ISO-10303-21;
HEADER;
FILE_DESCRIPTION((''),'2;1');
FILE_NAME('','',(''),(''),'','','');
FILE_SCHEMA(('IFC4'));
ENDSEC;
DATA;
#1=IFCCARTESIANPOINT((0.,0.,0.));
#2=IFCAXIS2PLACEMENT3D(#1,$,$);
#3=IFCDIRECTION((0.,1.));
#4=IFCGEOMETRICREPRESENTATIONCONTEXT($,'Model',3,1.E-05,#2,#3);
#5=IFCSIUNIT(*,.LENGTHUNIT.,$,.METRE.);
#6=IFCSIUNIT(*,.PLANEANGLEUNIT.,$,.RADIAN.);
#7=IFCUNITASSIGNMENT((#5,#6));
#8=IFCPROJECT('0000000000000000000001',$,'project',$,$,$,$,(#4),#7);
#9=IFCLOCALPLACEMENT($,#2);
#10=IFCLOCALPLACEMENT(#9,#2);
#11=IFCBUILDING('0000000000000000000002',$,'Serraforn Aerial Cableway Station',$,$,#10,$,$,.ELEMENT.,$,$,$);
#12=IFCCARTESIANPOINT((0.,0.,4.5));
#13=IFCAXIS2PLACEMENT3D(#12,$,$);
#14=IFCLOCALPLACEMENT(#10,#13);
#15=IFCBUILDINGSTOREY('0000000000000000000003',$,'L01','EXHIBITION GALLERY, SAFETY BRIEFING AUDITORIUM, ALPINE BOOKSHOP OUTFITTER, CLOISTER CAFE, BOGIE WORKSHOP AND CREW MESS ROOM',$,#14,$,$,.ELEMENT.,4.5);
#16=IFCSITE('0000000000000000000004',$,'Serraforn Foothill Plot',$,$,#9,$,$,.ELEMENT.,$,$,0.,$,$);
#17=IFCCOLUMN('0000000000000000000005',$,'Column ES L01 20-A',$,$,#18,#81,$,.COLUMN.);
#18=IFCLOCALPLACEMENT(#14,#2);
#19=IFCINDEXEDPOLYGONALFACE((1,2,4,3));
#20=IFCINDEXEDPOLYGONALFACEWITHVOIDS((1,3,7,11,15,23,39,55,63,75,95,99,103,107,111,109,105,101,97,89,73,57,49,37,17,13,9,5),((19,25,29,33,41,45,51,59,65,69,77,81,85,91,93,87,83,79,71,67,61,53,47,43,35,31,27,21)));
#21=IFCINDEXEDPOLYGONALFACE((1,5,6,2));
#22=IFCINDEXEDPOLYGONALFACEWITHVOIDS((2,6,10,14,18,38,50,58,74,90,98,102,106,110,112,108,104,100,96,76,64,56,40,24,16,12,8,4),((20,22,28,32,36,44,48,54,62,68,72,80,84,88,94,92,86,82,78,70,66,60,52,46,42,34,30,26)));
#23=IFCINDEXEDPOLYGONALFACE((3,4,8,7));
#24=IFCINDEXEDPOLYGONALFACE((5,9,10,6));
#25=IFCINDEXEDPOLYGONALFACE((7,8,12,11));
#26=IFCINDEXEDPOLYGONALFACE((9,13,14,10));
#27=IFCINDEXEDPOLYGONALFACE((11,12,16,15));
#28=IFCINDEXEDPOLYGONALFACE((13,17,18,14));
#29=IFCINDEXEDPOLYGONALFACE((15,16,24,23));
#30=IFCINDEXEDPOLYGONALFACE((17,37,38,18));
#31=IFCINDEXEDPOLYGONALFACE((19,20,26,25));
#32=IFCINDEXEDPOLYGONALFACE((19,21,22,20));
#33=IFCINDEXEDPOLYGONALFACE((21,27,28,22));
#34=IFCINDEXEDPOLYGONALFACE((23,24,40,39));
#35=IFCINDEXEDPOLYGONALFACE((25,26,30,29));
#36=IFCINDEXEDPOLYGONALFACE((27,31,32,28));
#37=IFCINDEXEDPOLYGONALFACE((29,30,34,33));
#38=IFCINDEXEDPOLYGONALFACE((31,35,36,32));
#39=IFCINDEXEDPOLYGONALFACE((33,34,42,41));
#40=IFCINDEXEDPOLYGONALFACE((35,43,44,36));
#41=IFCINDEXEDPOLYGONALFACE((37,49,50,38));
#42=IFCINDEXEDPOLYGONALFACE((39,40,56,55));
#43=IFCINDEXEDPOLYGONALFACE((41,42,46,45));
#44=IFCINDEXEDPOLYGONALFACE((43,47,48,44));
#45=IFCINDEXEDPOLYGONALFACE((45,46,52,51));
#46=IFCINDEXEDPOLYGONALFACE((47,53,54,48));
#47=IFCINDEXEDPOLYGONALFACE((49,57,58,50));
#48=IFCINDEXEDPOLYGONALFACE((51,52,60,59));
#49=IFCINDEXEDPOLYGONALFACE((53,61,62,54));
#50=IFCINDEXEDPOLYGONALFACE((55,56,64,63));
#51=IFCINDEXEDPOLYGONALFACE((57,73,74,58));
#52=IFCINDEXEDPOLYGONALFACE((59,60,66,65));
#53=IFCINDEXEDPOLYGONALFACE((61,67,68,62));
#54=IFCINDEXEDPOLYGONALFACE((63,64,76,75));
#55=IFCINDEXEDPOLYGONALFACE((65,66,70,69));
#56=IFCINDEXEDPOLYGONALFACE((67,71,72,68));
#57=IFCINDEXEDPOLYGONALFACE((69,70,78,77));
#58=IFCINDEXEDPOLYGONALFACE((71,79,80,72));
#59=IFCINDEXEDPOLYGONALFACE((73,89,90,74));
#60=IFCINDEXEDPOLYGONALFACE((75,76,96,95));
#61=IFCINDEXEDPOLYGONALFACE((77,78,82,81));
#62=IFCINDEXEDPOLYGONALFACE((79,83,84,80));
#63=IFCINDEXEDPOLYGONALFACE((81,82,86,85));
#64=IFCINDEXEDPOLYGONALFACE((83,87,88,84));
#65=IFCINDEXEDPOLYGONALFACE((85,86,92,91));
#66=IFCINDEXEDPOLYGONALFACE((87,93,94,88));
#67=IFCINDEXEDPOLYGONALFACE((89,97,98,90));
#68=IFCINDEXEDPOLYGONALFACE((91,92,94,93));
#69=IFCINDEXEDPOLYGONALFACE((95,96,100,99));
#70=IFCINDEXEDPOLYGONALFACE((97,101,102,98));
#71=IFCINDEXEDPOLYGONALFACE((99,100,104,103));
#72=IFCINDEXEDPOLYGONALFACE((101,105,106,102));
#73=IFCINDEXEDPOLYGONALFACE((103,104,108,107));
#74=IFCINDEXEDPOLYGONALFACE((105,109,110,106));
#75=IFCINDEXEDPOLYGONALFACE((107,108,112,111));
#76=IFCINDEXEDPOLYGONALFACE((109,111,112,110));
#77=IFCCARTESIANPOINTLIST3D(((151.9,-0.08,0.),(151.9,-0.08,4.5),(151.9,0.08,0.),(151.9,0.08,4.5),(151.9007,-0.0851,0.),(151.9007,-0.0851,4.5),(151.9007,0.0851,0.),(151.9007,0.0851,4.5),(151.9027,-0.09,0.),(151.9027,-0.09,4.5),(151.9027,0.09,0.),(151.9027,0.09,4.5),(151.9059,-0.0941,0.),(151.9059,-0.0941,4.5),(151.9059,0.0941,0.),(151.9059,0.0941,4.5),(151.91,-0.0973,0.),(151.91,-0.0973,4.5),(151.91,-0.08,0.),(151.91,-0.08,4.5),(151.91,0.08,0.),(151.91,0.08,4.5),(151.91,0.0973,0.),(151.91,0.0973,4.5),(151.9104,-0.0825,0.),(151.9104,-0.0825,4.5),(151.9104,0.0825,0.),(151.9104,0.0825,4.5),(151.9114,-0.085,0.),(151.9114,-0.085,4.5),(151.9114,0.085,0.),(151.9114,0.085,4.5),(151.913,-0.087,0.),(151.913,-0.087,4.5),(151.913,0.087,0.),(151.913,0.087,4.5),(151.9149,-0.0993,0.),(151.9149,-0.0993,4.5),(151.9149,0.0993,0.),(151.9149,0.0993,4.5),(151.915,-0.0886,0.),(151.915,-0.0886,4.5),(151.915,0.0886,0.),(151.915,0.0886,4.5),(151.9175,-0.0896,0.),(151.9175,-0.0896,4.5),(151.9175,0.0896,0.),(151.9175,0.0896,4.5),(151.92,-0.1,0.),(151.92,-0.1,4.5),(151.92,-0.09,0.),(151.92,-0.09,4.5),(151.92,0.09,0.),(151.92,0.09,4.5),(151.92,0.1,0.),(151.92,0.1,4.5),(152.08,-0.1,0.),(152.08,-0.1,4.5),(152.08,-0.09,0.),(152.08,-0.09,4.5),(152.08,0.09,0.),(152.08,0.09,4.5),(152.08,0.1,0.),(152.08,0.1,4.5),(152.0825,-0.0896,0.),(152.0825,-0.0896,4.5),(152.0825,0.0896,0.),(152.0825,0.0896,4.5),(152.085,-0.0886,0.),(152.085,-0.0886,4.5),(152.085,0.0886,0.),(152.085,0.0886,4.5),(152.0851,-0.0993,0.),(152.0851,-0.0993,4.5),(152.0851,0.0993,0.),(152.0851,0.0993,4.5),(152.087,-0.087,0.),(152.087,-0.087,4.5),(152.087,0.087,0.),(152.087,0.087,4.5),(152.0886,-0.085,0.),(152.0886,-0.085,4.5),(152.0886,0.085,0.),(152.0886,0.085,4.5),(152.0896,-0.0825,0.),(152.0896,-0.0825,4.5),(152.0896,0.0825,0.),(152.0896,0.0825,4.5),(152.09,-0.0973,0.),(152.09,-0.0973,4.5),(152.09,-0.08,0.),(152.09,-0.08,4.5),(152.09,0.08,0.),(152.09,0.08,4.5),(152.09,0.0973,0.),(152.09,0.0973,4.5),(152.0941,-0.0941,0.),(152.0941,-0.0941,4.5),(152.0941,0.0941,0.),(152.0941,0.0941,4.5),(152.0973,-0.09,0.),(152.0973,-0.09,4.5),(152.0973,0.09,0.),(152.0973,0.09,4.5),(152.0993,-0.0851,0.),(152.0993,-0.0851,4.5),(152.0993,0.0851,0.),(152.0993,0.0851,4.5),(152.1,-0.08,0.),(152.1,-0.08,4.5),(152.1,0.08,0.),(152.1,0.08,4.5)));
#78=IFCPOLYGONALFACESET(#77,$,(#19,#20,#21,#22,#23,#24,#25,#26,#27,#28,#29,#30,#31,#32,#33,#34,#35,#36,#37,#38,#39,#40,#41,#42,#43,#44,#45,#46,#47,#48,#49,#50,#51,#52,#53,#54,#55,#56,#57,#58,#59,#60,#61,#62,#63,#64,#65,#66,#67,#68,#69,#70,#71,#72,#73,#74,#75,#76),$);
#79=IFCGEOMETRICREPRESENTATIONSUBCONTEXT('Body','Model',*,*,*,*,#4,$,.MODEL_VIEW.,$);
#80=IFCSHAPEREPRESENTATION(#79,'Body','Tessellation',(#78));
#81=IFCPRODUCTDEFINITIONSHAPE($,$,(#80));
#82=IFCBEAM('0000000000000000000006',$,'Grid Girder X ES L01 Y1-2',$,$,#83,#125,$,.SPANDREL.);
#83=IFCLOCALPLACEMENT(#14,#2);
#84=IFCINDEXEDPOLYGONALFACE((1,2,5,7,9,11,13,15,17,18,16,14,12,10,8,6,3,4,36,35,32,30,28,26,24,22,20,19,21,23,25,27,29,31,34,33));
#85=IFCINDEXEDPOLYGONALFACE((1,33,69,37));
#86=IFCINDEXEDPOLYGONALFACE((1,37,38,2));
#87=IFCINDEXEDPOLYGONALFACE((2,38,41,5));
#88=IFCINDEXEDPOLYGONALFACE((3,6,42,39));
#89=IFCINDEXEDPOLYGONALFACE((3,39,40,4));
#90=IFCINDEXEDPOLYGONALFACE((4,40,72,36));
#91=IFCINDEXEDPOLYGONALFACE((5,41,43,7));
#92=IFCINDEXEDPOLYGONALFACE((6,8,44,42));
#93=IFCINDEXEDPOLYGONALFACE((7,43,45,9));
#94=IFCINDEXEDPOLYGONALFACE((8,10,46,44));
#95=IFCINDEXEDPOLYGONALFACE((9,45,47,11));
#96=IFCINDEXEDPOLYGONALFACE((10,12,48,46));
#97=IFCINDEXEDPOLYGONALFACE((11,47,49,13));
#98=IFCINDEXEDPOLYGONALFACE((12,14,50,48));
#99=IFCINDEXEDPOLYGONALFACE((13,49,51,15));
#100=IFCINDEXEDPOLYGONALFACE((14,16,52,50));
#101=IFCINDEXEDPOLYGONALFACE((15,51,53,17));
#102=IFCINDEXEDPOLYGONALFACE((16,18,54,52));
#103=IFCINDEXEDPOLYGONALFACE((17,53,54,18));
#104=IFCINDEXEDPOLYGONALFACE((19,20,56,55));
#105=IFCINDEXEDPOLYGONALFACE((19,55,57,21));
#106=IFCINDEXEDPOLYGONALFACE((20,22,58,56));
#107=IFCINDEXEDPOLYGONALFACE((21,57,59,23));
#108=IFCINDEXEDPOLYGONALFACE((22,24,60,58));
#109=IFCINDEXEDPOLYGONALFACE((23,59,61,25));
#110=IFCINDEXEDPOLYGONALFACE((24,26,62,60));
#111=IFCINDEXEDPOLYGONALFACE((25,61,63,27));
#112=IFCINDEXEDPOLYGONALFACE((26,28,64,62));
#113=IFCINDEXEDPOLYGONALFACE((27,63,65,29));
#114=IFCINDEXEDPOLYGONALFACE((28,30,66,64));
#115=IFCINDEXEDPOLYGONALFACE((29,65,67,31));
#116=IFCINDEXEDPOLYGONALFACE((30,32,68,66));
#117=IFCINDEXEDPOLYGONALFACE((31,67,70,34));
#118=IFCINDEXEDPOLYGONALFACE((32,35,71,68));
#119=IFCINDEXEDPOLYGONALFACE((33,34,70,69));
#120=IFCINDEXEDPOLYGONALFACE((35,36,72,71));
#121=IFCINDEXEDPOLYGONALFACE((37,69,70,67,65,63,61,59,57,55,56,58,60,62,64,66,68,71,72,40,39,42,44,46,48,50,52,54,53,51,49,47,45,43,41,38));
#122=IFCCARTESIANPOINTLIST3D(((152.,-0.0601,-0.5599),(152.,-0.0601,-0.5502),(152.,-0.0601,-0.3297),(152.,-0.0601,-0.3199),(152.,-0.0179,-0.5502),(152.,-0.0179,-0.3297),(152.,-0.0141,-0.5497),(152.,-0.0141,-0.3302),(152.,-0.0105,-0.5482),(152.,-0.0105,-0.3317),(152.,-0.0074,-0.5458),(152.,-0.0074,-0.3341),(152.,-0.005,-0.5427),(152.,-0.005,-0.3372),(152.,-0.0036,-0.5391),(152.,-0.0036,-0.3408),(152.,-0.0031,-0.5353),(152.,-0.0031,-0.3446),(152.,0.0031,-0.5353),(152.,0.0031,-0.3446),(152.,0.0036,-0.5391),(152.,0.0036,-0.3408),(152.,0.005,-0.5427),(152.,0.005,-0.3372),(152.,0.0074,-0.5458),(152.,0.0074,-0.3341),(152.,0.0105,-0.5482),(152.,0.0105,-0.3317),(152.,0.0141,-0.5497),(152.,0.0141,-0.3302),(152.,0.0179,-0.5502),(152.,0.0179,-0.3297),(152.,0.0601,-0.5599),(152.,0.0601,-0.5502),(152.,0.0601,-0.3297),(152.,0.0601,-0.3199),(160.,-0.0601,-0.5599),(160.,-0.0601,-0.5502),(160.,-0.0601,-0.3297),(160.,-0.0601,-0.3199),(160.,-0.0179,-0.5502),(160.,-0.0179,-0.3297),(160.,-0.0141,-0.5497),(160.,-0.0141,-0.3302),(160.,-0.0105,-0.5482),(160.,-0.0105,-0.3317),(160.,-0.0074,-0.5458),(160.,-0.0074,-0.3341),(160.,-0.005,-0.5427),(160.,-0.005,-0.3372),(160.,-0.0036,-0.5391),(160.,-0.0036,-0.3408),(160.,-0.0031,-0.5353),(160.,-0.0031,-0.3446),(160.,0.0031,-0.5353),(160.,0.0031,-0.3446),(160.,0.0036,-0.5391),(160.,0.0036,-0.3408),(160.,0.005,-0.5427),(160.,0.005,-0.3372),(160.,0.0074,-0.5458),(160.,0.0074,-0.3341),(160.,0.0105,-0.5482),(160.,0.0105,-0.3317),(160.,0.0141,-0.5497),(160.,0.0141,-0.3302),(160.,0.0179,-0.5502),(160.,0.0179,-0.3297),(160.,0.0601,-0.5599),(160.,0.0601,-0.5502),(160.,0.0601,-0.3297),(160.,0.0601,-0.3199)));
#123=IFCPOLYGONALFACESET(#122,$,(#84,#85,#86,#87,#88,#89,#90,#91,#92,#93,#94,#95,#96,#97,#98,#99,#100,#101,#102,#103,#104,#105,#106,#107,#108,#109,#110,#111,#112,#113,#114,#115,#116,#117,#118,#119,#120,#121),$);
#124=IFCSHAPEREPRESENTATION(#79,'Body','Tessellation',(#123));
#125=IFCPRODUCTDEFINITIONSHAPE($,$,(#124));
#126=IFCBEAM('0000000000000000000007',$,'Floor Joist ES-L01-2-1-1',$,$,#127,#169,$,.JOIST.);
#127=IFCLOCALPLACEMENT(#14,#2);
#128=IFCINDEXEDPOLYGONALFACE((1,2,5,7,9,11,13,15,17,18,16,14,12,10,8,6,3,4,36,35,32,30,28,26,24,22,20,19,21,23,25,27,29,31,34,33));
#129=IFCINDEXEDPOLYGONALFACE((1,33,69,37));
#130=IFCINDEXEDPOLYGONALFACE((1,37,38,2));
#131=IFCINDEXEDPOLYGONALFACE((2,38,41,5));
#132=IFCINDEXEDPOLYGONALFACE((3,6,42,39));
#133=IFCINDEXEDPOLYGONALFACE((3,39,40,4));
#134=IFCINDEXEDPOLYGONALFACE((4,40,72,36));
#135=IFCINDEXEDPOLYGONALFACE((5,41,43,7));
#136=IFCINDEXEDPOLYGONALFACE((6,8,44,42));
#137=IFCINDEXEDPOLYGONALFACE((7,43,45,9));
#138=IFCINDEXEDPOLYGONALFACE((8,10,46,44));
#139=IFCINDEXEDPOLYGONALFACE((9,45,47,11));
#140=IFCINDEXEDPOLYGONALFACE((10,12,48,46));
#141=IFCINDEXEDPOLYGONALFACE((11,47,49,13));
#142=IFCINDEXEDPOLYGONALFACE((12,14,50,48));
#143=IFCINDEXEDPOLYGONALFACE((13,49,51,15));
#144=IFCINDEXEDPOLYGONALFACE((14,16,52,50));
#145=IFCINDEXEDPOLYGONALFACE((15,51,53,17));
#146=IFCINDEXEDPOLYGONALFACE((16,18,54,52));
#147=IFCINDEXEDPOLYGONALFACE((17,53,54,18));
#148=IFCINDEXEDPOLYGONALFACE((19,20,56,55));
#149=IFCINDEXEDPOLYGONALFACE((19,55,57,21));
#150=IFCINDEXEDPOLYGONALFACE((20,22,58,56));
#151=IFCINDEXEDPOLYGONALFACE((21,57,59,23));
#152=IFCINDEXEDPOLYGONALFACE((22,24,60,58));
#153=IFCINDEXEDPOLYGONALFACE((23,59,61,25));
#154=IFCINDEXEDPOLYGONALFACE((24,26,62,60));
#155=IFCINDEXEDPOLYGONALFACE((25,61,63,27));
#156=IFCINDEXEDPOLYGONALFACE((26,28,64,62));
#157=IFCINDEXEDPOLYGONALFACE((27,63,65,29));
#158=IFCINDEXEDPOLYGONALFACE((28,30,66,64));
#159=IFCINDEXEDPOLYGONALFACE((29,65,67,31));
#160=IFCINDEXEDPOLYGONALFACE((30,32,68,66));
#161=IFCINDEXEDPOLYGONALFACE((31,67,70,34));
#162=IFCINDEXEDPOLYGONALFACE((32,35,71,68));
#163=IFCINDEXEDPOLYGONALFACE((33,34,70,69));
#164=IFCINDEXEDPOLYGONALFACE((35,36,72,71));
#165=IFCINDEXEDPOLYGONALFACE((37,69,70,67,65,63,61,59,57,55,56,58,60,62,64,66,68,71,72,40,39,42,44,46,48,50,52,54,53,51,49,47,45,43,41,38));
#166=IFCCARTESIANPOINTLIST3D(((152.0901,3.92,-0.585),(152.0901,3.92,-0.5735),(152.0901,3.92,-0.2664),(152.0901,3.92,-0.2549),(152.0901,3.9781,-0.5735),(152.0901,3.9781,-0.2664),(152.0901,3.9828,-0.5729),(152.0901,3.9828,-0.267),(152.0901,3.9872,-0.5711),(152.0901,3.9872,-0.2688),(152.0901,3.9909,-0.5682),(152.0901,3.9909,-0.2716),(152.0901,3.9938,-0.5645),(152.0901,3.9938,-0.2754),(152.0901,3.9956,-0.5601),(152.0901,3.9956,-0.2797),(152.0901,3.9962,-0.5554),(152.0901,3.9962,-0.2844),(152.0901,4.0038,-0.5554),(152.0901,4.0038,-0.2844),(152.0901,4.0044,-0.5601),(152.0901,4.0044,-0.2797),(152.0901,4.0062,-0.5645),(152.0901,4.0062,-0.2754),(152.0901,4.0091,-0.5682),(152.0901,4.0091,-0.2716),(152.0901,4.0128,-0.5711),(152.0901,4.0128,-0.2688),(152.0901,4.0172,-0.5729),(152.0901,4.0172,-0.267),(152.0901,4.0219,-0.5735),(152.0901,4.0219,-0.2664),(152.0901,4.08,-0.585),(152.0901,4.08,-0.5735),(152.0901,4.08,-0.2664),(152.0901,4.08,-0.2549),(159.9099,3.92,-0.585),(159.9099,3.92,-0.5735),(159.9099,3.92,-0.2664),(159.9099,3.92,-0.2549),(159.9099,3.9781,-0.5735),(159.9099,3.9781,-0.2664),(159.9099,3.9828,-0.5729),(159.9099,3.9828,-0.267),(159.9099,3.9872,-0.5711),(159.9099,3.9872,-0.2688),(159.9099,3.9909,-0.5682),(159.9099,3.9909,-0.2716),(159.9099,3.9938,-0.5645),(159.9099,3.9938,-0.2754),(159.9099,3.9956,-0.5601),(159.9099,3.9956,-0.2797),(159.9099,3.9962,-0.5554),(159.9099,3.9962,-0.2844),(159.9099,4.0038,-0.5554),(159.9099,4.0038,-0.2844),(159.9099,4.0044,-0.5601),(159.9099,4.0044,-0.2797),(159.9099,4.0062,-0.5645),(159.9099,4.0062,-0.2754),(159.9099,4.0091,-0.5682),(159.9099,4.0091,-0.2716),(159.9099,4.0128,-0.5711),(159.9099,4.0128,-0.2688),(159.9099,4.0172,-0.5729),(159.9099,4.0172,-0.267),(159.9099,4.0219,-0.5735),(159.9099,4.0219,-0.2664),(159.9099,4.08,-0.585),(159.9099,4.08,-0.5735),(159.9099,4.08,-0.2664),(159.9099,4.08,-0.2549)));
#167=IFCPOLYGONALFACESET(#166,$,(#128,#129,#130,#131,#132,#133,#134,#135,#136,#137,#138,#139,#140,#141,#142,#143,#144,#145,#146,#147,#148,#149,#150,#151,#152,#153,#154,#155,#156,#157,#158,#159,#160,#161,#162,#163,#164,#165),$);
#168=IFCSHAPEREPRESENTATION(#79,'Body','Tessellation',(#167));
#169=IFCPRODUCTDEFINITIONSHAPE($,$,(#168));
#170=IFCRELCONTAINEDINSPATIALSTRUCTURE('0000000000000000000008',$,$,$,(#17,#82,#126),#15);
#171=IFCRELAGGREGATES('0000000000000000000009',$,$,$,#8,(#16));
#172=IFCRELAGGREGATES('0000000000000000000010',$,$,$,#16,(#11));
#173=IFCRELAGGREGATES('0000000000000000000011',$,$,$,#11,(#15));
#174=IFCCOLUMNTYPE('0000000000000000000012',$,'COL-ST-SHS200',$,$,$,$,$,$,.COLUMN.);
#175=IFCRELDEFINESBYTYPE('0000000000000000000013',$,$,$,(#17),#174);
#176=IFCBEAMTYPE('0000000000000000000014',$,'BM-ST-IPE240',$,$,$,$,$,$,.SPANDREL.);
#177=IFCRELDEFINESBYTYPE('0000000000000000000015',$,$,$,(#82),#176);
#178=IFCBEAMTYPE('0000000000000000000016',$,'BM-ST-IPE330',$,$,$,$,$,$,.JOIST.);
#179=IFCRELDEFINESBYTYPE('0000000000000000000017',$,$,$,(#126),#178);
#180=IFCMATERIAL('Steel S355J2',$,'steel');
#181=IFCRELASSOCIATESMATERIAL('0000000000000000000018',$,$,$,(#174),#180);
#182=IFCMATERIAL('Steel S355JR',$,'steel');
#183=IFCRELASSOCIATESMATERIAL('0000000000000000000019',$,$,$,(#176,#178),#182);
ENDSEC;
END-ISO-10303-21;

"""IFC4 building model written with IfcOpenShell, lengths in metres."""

from ifc_helpers import new_model, si_unit, direction, frame, origin, origin_2d, place, context, subcontext, project, spatial, hollow_rectangle, i_section, extrude, material, material_profile, profile_set, type_object, element, save


model = new_model("IFC4")

# Units and contexts
model_context = context("Model", 3, precision=1e-05, world=origin(), true_north=direction((0.0, 1.0)))
body_context = subcontext(model_context, "Body", "Model", "MODEL_VIEW")
ifc_project = project(units=[si_unit("LENGTHUNIT", "METRE"), si_unit("PLANEANGLEUNIT", "RADIAN")], contexts=[model_context])

# Site, building, storey
site_placement = place(None, origin())
site = spatial("IfcSite", under=ifc_project, at=site_placement, Name="Serraforn Foothill Plot", CompositionType="ELEMENT", RefElevation=0.0)
building_placement = place(site_placement, origin())
building = spatial("IfcBuilding", under=site, at=building_placement, Name="Serraforn Aerial Cableway Station", CompositionType="ELEMENT")
storey_placement = place(building_placement, frame((0.0, 0.0, 4.5)))
storey = spatial("IfcBuildingStorey", under=building, at=storey_placement, Name="L01", Description="EXHIBITION GALLERY, SAFETY BRIEFING AUDITORIUM, ALPINE BOOKSHOP OUTFITTER, CLOISTER CAFE, BOGIE WORKSHOP AND CREW MESS ROOM", CompositionType="ELEMENT", Elevation=4.5)

# Column
ifc_material_1 = material(Name="Steel S355J2", Category="steel")
ifc_material_profile_1 = material_profile(ifc_material_1, hollow_rectangle(XDim=0.2, YDim=0.2, WallThickness=0.01, InnerFilletRadius=0.01, OuterFilletRadius=0.02, at=origin_2d()), Name="SHS 200x200x10.0")
ifc_profile_set_1 = profile_set([ifc_material_profile_1], Name="Steel S355J2")
column_type = type_object("IfcColumnType", Name="COL-ST-SHS200", PredefinedType="COLUMN", material=ifc_profile_set_1)
column_placement = place(storey_placement, frame((152.0, 0.0, 0.0), z_axis=(0.0, 0.0, 1.0), x_axis=(1.0, 0.0, 0.0)))
element("IfcColumn", 1, at=column_placement, inside=storey, type_object=column_type, Name="Column ES L01 20-A", PredefinedType="COLUMN", context=body_context, shape_type="SweptSolid", body=[
    extrude(hollow_rectangle(XDim=0.2, YDim=0.2, WallThickness=0.01, InnerFilletRadius=0.01, OuterFilletRadius=0.02, at=origin_2d()), origin(), (0.0, 0.0, 1.0), 4.5),
])

# Beams
ifc_material_2 = material(Name="Steel S355JR", Category="steel")
ifc_material_profile_2 = material_profile(ifc_material_2, i_section(OverallWidth=0.1201, OverallDepth=0.24, WebThickness=0.0061, FlangeThickness=0.0098, FilletRadius=0.0149, at=origin_2d()), Name="IPE 240")
ifc_profile_set_2 = profile_set([ifc_material_profile_2], Name="Steel S355JR")
beam_type_1 = type_object("IfcBeamType", Name="BM-ST-IPE240", PredefinedType="SPANDREL", material=ifc_profile_set_2)
beam_1_placement = place(storey_placement, frame((152.0, 0.0, -0.4399), z_axis=(1.0, 0.0, 0.0), x_axis=(0.0, 1.0, 0.0)))
element("IfcBeam", 2, at=beam_1_placement, inside=storey, type_object=beam_type_1, Name="Grid Girder X ES L01 Y1-2", PredefinedType="SPANDREL", context=body_context, shape_type="SweptSolid", body=[
    extrude(i_section(OverallWidth=0.1201, OverallDepth=0.24, WebThickness=0.0061, FlangeThickness=0.0098, FilletRadius=0.0149, at=origin_2d()), origin(), (0.0, 0.0, 1.0), 8.0),
])
ifc_material_profile_3 = material_profile(ifc_material_2, i_section(OverallWidth=0.1599, OverallDepth=0.3301, WebThickness=0.0076, FlangeThickness=0.0115, FilletRadius=0.0181, at=origin_2d()), Name="IPE 330")
ifc_profile_set_3 = profile_set([ifc_material_profile_3], Name="Steel S355JR")
beam_type_2 = type_object("IfcBeamType", Name="BM-ST-IPE330", PredefinedType="JOIST", material=ifc_profile_set_3)
beam_2_placement = place(storey_placement, frame((152.0901, 4.0, -0.4199), z_axis=(1.0, 0.0, 0.0), x_axis=(0.0, 1.0, 0.0)))
element("IfcBeam", 3, at=beam_2_placement, inside=storey, type_object=beam_type_2, Name="Floor Joist ES-L01-2-1-1", PredefinedType="JOIST", context=body_context, shape_type="SweptSolid", body=[
    extrude(i_section(OverallWidth=0.1599, OverallDepth=0.3301, WebThickness=0.0076, FlangeThickness=0.0115, FilletRadius=0.0181, at=origin_2d()), origin(), (0.0, 0.0, 1.0), 7.8198),
])

save(model, "model.ifc")
